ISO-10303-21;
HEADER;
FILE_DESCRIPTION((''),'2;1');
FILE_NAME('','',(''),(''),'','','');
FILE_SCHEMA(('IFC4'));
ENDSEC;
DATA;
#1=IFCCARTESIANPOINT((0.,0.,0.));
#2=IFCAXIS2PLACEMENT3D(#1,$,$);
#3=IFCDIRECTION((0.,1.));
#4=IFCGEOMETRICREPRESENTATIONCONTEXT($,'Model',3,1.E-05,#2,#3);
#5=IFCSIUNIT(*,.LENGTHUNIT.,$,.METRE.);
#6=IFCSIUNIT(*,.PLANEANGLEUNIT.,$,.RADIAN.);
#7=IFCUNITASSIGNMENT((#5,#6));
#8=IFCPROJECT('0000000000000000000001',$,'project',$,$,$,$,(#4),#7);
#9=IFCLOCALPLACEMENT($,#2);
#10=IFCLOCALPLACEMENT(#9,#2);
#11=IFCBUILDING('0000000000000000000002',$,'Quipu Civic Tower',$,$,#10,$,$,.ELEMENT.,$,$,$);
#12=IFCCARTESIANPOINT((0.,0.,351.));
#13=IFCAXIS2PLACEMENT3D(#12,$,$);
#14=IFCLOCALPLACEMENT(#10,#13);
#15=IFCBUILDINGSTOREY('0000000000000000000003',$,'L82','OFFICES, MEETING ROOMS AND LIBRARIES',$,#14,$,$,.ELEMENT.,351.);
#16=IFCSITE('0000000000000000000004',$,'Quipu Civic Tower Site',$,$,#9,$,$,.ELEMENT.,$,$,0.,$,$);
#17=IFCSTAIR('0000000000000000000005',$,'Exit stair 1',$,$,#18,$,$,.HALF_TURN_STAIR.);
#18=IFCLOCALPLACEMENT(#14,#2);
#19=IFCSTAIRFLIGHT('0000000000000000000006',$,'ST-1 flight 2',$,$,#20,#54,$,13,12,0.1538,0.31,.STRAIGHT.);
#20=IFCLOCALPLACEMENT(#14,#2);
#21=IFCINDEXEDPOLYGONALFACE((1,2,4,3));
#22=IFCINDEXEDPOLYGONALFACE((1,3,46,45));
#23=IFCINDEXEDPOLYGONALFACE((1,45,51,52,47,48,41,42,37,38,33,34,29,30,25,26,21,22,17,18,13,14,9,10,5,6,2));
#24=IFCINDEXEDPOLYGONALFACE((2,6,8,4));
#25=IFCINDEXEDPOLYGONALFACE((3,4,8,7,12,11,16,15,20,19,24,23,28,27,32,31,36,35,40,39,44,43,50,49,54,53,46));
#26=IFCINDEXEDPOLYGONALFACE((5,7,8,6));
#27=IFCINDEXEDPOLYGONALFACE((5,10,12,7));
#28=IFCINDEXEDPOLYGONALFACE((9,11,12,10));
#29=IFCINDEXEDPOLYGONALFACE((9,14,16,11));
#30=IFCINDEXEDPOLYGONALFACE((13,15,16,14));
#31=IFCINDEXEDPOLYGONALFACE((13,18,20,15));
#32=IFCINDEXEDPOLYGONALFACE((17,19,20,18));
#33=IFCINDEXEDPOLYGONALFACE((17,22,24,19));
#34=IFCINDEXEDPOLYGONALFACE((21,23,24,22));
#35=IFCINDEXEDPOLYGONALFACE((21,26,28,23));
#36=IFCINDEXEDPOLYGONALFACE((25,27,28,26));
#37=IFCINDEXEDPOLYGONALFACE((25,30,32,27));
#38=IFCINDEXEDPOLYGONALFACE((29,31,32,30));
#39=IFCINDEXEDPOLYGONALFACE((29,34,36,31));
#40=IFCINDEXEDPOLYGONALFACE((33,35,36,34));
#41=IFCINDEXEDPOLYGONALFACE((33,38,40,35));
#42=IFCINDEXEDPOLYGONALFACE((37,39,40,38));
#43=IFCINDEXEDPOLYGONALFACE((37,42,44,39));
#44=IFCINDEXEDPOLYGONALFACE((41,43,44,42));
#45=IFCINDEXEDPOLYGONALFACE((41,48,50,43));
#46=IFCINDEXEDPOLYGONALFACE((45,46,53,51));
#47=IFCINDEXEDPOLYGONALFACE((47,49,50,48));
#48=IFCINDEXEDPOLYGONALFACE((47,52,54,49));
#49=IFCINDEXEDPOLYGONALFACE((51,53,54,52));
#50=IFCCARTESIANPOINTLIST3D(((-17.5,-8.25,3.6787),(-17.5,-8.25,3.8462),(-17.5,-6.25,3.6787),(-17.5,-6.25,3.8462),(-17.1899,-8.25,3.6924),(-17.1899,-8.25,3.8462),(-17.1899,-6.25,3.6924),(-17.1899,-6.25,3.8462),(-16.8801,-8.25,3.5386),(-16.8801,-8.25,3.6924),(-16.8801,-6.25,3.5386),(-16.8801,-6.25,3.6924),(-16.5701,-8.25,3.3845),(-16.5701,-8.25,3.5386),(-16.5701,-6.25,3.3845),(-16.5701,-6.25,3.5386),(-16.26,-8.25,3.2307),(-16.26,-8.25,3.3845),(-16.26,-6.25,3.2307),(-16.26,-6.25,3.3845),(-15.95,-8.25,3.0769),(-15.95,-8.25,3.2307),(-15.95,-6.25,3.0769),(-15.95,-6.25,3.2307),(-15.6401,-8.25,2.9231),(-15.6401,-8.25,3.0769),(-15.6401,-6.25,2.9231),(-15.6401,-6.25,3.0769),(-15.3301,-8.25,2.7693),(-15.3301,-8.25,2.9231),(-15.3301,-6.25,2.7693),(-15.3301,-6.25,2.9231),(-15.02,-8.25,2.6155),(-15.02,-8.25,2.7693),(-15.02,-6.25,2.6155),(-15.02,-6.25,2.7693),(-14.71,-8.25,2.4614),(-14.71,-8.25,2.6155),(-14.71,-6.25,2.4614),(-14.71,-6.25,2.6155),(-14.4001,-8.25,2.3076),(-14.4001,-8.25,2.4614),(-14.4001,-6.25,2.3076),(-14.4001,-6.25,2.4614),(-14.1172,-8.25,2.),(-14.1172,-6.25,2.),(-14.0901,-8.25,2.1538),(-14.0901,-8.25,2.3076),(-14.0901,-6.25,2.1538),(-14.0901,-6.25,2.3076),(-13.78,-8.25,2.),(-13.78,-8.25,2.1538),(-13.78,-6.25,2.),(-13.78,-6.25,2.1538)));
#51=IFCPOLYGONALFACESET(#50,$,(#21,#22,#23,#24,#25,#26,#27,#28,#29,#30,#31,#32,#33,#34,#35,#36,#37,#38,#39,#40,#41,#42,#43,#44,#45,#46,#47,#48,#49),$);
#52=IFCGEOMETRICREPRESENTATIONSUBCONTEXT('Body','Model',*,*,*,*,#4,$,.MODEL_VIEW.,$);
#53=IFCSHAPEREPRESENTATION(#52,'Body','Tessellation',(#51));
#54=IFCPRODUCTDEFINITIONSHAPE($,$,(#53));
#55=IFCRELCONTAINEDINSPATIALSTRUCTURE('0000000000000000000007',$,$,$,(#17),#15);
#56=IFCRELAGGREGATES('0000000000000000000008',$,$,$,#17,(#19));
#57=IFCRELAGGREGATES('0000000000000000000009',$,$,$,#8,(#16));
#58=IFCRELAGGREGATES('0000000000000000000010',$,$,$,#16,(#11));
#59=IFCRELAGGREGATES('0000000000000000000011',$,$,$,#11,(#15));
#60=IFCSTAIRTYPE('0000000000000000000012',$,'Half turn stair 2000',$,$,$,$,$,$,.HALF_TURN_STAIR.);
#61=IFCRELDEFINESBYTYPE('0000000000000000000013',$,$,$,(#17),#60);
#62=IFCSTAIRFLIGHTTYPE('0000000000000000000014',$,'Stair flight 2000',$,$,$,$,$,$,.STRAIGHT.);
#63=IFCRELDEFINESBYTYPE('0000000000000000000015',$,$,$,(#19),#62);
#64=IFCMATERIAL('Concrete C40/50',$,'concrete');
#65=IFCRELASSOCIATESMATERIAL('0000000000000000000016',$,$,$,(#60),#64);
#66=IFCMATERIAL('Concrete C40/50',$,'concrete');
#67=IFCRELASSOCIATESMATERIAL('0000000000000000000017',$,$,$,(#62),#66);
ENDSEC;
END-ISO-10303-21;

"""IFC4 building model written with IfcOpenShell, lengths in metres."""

from ifc_helpers import new_model, si_unit, direction, frame, origin, place, context, subcontext, project, spatial, polyline, outline, extrude, material, type_object, element, aggregate, save


model = new_model("IFC4")

# Units and contexts
model_context = context("Model", 3, precision=1e-05, world=origin(), true_north=direction((0.0, 1.0)))
body_context = subcontext(model_context, "Body", "Model", "MODEL_VIEW")
ifc_project = project(units=[si_unit("LENGTHUNIT", "METRE"), si_unit("PLANEANGLEUNIT", "RADIAN")], contexts=[model_context])

# Site, building, storey
site_placement = place(None, origin())
site = spatial("IfcSite", under=ifc_project, at=site_placement, Name="Quipu Civic Tower Site", CompositionType="ELEMENT", RefElevation=0.0)
building_placement = place(site_placement, origin())
building = spatial("IfcBuilding", under=site, at=building_placement, Name="Quipu Civic Tower", CompositionType="ELEMENT")
storey_placement = place(building_placement, frame((0.0, 0.0, 351.0)))
storey = spatial("IfcBuildingStorey", under=building, at=storey_placement, Name="L82", Description="OFFICES, MEETING ROOMS AND LIBRARIES", CompositionType="ELEMENT", Elevation=351.0)

# Stair, stair flight
ifc_material_1 = material(Name="Concrete C40/50", Category="concrete")
stair_type = type_object("IfcStairType", Name="Half turn stair 2000", PredefinedType="HALF_TURN_STAIR", material=ifc_material_1)
stair_placement = place(storey_placement, origin())
stair = element("IfcStair", 1, at=stair_placement, inside=storey, type_object=stair_type, Name="Exit stair 1", PredefinedType="HALF_TURN_STAIR")
ifc_material_2 = material(Name="Concrete C40/50", Category="concrete")
stair_flight_type = type_object("IfcStairFlightType", Name="Stair flight 2000", PredefinedType="STRAIGHT", material=ifc_material_2)
stair_flight_1_placement = place(storey_placement, frame((-13.78, -7.25, 2.0), z_axis=(0.0, 0.0, 1.0), x_axis=(-1.0, 0.0, 0.0)))
stair_flight_1 = element("IfcStairFlight", 2, at=stair_flight_1_placement, type_object=stair_flight_type, Name="ST-1 flight 2", NumberOfRisers=13, NumberOfTreads=12, PredefinedType="STRAIGHT", RiserHeight=0.1538, TreadLength=0.31, context=body_context, shape_type="SweptSolid", body=[
    extrude(outline(polyline([(0.0, 0.0), (0.0, 0.1538), (0.3101, 0.1538), (0.3101, 0.3076), (0.6201, 0.3076), (0.6201, 0.4614), (0.9299, 0.4614), (0.9299, 0.6155), (1.24, 0.6155), (1.24, 0.7693), (1.55, 0.7693), (1.55, 0.9231), (1.8601, 0.9231), (1.8601, 1.0769), (2.1699, 1.0769), (2.1699, 1.2307), (2.48, 1.2307), (2.48, 1.3845), (2.79, 1.3845), (2.79, 1.5386), (3.1001, 1.5386), (3.1001, 1.6924), (3.4099, 1.6924), (3.4099, 1.8462), (3.72, 1.8462), (3.72, 2.0), (3.72, 1.6787), (0.3372, 0.0), (0.0, 0.0)])), frame((0.0, 1.0, 0.0), z_axis=(0.0, -1.0, 0.0), x_axis=(1.0, 0.0, 0.0)), (0.0, 0.0, 1.0), 2.0),
])
aggregate(stair, [stair_flight_1])

save(model, "model.ifc")
